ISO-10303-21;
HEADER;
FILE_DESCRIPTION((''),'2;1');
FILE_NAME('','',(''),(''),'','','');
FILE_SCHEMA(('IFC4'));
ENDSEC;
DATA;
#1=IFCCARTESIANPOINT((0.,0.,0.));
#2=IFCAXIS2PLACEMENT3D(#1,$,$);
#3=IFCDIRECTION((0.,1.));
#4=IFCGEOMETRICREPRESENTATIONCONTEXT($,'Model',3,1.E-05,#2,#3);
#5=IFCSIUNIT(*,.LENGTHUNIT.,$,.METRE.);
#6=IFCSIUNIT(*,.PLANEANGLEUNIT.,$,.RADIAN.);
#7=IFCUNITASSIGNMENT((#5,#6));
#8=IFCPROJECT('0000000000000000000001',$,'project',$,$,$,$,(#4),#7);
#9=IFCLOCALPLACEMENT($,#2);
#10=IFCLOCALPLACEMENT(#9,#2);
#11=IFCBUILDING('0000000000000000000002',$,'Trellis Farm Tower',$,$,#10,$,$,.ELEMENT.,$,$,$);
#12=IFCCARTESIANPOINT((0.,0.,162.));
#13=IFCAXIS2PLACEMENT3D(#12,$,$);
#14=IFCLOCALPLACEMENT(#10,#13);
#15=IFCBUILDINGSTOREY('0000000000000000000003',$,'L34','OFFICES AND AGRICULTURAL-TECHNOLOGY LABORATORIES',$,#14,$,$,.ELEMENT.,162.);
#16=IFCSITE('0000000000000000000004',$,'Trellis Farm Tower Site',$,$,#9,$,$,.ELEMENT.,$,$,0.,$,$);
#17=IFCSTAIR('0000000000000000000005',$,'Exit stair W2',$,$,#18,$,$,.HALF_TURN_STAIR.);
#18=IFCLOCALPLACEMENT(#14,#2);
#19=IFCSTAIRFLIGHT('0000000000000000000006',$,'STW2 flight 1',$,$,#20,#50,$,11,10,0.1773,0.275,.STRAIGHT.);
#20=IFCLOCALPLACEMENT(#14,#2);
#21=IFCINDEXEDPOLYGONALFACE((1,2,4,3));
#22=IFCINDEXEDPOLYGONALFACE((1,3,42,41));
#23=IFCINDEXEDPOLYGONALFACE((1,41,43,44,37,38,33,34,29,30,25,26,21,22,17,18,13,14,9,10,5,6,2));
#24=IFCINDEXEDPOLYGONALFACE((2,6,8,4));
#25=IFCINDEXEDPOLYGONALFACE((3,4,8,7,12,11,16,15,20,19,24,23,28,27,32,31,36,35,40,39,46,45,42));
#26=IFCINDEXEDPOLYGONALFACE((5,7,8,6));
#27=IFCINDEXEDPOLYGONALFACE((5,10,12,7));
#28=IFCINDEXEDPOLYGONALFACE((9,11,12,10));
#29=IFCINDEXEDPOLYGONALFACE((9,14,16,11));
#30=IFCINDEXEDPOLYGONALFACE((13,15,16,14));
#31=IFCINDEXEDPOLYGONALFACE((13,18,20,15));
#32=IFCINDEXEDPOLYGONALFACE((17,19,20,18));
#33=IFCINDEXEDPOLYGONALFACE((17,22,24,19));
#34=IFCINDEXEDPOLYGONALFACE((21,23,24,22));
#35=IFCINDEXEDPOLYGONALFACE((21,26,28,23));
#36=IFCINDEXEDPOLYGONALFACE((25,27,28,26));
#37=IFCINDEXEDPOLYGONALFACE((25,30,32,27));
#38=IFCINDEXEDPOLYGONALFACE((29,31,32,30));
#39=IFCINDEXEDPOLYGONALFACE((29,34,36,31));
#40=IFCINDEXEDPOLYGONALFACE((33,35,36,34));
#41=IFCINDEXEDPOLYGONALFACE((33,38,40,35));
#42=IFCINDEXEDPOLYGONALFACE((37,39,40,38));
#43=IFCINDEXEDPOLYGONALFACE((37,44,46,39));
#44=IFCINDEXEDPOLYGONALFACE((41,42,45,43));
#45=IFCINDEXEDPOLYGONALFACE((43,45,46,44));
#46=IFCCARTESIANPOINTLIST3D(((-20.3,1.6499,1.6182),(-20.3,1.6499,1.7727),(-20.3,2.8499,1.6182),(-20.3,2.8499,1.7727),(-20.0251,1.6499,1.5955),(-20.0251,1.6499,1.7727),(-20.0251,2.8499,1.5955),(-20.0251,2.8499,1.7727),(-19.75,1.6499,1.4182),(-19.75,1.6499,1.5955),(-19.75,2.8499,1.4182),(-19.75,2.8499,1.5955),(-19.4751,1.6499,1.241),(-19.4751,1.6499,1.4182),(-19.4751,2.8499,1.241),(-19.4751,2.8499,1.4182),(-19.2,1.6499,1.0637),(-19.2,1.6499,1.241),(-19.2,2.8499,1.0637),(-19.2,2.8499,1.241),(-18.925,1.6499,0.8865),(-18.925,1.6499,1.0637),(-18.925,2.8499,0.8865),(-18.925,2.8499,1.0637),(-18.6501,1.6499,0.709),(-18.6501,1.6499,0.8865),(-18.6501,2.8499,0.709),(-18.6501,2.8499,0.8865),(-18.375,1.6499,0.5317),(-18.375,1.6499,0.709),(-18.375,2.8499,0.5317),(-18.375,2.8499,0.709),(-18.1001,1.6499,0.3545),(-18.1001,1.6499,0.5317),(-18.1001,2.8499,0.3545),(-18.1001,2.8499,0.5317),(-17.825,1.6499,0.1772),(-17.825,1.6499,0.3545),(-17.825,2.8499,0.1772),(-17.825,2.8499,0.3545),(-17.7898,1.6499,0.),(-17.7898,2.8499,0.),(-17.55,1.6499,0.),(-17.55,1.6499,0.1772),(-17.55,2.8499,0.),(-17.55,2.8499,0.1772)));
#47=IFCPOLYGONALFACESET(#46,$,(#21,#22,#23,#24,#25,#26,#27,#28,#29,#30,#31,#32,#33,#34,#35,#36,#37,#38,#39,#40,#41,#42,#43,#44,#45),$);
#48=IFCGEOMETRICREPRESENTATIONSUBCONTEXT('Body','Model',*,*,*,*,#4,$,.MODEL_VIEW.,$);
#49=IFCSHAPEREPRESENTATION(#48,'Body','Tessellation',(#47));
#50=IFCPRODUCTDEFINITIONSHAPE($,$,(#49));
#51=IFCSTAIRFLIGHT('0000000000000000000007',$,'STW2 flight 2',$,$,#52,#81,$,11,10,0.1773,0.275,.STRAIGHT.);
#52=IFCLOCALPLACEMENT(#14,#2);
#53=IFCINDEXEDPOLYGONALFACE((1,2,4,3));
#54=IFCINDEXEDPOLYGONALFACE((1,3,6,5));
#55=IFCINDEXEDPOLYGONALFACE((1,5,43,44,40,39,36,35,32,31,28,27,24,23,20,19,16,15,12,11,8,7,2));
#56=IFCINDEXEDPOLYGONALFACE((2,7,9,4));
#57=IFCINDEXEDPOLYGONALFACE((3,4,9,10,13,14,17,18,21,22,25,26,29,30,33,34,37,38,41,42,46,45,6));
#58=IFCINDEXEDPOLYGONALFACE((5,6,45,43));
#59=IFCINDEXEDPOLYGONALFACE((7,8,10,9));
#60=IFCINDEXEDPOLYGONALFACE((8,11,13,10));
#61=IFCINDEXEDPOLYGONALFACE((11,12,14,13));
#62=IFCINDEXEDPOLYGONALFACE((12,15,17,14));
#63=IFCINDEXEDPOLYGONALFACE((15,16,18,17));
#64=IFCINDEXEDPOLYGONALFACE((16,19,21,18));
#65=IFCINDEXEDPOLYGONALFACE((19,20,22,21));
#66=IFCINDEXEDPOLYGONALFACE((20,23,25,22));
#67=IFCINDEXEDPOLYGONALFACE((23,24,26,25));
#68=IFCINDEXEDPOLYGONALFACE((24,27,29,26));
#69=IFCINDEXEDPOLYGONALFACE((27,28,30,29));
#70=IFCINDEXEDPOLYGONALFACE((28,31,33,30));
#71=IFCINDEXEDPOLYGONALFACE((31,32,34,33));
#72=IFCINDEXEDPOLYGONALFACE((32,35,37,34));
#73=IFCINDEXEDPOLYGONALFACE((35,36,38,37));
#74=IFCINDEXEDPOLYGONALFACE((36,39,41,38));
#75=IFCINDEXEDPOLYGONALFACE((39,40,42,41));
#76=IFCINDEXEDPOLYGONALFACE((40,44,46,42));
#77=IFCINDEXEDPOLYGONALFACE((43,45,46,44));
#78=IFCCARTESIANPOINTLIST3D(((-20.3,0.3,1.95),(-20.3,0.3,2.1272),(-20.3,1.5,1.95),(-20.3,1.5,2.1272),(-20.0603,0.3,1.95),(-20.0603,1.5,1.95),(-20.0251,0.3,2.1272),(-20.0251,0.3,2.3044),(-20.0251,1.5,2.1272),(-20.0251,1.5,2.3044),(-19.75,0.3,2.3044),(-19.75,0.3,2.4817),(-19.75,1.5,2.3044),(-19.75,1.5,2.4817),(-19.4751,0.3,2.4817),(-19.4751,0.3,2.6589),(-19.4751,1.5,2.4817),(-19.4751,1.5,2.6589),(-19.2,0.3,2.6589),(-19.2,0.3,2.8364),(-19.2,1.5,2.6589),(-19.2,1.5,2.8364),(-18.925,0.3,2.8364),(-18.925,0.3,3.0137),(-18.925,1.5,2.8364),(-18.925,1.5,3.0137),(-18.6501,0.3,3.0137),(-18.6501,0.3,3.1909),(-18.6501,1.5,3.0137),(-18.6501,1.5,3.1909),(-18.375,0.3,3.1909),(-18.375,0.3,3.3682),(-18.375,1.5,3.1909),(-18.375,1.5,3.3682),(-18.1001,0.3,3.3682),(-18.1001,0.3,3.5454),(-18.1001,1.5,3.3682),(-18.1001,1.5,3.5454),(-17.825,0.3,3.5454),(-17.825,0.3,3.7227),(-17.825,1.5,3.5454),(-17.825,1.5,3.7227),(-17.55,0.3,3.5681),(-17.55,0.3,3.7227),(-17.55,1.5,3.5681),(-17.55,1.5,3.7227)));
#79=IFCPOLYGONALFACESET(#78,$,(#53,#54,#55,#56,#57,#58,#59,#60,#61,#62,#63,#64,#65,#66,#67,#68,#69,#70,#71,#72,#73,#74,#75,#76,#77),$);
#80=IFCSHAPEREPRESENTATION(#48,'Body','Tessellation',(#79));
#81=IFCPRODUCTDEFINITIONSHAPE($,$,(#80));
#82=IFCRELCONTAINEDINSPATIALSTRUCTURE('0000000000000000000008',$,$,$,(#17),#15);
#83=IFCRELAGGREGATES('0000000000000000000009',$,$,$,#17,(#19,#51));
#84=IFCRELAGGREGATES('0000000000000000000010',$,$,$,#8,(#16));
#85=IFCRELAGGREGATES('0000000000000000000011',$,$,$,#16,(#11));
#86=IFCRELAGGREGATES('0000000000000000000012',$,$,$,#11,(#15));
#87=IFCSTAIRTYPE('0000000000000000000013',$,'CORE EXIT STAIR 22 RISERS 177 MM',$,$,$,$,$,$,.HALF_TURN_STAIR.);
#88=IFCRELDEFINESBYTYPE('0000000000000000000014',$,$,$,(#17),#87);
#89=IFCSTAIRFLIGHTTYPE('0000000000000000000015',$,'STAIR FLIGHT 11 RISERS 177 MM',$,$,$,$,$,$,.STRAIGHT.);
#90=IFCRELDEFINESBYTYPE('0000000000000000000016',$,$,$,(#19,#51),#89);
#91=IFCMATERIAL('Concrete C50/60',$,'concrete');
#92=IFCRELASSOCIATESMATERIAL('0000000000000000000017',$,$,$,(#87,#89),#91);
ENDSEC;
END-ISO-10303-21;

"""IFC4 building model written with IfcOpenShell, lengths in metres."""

from ifc_helpers import new_model, si_unit, direction, frame, origin, place, context, subcontext, project, spatial, polyline, outline, extrude, source, transform, mapped, material, type_object, element, aggregate, save


model = new_model("IFC4")

# Units and contexts
model_context = context("Model", 3, precision=1e-05, world=origin(), true_north=direction((0.0, 1.0)))
body_context = subcontext(model_context, "Body", "Model", "MODEL_VIEW")
ifc_project = project(units=[si_unit("LENGTHUNIT", "METRE"), si_unit("PLANEANGLEUNIT", "RADIAN")], contexts=[model_context])

# Site, building, storey
site_placement = place(None, origin())
site = spatial("IfcSite", under=ifc_project, at=site_placement, Name="Trellis Farm Tower Site", CompositionType="ELEMENT", RefElevation=0.0)
building_placement = place(site_placement, origin())
building = spatial("IfcBuilding", under=site, at=building_placement, Name="Trellis Farm Tower", CompositionType="ELEMENT")
storey_placement = place(building_placement, frame((0.0, 0.0, 162.0)))
storey = spatial("IfcBuildingStorey", under=building, at=storey_placement, Name="L34", Description="OFFICES AND AGRICULTURAL-TECHNOLOGY LABORATORIES", CompositionType="ELEMENT", Elevation=162.0)

# Shared definitions
placement = place(storey_placement, origin())

# Stair, stair flights
ifc_material_1 = material(Name="Concrete C50/60", Category="concrete")
stair_type = type_object("IfcStairType", Name="CORE EXIT STAIR 22 RISERS 177 MM", PredefinedType="HALF_TURN_STAIR", material=ifc_material_1)
stair_flight_type = type_object("IfcStairFlightType", Name="STAIR FLIGHT 11 RISERS 177 MM", PredefinedType="STRAIGHT", material=ifc_material_1)
shared_shape_1 = source(origin(), body_context, "Body", "SweptSolid", [
    extrude(outline(polyline([(0.0, 0.0), (0.0, 0.1772), (0.2749, 0.1772), (0.2749, 0.3545), (0.55, 0.3545), (0.55, 0.5317), (0.825, 0.5317), (0.825, 0.709), (1.1001, 0.709), (1.1001, 0.8865), (1.375, 0.8865), (1.375, 1.0637), (1.6499, 1.0637), (1.6499, 1.241), (1.925, 1.241), (1.925, 1.4182), (2.2, 1.4182), (2.2, 1.5955), (2.4751, 1.5955), (2.4751, 1.7727), (2.75, 1.7727), (2.75, 1.95), (2.75, 1.6182), (0.2397, 0.0), (0.0, 0.0)])), frame((0.0, 0.6001, 0.0), z_axis=(0.0, -1.0, 0.0), x_axis=(1.0, 0.0, 0.0)), (0.0, 0.0, 1.0), 1.2),
])
stair_1 = element("IfcStair", 1, at=placement, inside=storey, type_object=stair_type, Name="Exit stair W2", PredefinedType="HALF_TURN_STAIR")
stair_flight_1_placement = place(storey_placement, frame((-17.55, 2.25, 0.0), z_axis=(0.0, 0.0, 1.0), x_axis=(-1.0, 0.0, 0.0)))
stair_flight_1 = element("IfcStairFlight", 2, at=stair_flight_1_placement, type_object=stair_flight_type, Name="STW2 flight 1", NumberOfRisers=11, NumberOfTreads=10, PredefinedType="STRAIGHT", RiserHeight=0.1773, TreadLength=0.275, context=body_context, shape_type="MappedRepresentation", body=[
    mapped(shared_shape_1, transform((0.0, 0.0, 0.0))),
])
stair_flight_2_placement = place(storey_placement, frame((-20.3, 0.8999, 1.95), z_axis=(0.0, 0.0, 1.0), x_axis=(1.0, 0.0, 0.0)))
stair_flight_2 = element("IfcStairFlight", 3, at=stair_flight_2_placement, type_object=stair_flight_type, Name="STW2 flight 2", NumberOfRisers=11, NumberOfTreads=10, PredefinedType="STRAIGHT", RiserHeight=0.1773, TreadLength=0.275, context=body_context, shape_type="MappedRepresentation", body=[
    mapped(shared_shape_1, transform((0.0, 0.0, 0.0))),
])
aggregate(stair_1, [stair_flight_1, stair_flight_2])

save(model, "model.ifc")
